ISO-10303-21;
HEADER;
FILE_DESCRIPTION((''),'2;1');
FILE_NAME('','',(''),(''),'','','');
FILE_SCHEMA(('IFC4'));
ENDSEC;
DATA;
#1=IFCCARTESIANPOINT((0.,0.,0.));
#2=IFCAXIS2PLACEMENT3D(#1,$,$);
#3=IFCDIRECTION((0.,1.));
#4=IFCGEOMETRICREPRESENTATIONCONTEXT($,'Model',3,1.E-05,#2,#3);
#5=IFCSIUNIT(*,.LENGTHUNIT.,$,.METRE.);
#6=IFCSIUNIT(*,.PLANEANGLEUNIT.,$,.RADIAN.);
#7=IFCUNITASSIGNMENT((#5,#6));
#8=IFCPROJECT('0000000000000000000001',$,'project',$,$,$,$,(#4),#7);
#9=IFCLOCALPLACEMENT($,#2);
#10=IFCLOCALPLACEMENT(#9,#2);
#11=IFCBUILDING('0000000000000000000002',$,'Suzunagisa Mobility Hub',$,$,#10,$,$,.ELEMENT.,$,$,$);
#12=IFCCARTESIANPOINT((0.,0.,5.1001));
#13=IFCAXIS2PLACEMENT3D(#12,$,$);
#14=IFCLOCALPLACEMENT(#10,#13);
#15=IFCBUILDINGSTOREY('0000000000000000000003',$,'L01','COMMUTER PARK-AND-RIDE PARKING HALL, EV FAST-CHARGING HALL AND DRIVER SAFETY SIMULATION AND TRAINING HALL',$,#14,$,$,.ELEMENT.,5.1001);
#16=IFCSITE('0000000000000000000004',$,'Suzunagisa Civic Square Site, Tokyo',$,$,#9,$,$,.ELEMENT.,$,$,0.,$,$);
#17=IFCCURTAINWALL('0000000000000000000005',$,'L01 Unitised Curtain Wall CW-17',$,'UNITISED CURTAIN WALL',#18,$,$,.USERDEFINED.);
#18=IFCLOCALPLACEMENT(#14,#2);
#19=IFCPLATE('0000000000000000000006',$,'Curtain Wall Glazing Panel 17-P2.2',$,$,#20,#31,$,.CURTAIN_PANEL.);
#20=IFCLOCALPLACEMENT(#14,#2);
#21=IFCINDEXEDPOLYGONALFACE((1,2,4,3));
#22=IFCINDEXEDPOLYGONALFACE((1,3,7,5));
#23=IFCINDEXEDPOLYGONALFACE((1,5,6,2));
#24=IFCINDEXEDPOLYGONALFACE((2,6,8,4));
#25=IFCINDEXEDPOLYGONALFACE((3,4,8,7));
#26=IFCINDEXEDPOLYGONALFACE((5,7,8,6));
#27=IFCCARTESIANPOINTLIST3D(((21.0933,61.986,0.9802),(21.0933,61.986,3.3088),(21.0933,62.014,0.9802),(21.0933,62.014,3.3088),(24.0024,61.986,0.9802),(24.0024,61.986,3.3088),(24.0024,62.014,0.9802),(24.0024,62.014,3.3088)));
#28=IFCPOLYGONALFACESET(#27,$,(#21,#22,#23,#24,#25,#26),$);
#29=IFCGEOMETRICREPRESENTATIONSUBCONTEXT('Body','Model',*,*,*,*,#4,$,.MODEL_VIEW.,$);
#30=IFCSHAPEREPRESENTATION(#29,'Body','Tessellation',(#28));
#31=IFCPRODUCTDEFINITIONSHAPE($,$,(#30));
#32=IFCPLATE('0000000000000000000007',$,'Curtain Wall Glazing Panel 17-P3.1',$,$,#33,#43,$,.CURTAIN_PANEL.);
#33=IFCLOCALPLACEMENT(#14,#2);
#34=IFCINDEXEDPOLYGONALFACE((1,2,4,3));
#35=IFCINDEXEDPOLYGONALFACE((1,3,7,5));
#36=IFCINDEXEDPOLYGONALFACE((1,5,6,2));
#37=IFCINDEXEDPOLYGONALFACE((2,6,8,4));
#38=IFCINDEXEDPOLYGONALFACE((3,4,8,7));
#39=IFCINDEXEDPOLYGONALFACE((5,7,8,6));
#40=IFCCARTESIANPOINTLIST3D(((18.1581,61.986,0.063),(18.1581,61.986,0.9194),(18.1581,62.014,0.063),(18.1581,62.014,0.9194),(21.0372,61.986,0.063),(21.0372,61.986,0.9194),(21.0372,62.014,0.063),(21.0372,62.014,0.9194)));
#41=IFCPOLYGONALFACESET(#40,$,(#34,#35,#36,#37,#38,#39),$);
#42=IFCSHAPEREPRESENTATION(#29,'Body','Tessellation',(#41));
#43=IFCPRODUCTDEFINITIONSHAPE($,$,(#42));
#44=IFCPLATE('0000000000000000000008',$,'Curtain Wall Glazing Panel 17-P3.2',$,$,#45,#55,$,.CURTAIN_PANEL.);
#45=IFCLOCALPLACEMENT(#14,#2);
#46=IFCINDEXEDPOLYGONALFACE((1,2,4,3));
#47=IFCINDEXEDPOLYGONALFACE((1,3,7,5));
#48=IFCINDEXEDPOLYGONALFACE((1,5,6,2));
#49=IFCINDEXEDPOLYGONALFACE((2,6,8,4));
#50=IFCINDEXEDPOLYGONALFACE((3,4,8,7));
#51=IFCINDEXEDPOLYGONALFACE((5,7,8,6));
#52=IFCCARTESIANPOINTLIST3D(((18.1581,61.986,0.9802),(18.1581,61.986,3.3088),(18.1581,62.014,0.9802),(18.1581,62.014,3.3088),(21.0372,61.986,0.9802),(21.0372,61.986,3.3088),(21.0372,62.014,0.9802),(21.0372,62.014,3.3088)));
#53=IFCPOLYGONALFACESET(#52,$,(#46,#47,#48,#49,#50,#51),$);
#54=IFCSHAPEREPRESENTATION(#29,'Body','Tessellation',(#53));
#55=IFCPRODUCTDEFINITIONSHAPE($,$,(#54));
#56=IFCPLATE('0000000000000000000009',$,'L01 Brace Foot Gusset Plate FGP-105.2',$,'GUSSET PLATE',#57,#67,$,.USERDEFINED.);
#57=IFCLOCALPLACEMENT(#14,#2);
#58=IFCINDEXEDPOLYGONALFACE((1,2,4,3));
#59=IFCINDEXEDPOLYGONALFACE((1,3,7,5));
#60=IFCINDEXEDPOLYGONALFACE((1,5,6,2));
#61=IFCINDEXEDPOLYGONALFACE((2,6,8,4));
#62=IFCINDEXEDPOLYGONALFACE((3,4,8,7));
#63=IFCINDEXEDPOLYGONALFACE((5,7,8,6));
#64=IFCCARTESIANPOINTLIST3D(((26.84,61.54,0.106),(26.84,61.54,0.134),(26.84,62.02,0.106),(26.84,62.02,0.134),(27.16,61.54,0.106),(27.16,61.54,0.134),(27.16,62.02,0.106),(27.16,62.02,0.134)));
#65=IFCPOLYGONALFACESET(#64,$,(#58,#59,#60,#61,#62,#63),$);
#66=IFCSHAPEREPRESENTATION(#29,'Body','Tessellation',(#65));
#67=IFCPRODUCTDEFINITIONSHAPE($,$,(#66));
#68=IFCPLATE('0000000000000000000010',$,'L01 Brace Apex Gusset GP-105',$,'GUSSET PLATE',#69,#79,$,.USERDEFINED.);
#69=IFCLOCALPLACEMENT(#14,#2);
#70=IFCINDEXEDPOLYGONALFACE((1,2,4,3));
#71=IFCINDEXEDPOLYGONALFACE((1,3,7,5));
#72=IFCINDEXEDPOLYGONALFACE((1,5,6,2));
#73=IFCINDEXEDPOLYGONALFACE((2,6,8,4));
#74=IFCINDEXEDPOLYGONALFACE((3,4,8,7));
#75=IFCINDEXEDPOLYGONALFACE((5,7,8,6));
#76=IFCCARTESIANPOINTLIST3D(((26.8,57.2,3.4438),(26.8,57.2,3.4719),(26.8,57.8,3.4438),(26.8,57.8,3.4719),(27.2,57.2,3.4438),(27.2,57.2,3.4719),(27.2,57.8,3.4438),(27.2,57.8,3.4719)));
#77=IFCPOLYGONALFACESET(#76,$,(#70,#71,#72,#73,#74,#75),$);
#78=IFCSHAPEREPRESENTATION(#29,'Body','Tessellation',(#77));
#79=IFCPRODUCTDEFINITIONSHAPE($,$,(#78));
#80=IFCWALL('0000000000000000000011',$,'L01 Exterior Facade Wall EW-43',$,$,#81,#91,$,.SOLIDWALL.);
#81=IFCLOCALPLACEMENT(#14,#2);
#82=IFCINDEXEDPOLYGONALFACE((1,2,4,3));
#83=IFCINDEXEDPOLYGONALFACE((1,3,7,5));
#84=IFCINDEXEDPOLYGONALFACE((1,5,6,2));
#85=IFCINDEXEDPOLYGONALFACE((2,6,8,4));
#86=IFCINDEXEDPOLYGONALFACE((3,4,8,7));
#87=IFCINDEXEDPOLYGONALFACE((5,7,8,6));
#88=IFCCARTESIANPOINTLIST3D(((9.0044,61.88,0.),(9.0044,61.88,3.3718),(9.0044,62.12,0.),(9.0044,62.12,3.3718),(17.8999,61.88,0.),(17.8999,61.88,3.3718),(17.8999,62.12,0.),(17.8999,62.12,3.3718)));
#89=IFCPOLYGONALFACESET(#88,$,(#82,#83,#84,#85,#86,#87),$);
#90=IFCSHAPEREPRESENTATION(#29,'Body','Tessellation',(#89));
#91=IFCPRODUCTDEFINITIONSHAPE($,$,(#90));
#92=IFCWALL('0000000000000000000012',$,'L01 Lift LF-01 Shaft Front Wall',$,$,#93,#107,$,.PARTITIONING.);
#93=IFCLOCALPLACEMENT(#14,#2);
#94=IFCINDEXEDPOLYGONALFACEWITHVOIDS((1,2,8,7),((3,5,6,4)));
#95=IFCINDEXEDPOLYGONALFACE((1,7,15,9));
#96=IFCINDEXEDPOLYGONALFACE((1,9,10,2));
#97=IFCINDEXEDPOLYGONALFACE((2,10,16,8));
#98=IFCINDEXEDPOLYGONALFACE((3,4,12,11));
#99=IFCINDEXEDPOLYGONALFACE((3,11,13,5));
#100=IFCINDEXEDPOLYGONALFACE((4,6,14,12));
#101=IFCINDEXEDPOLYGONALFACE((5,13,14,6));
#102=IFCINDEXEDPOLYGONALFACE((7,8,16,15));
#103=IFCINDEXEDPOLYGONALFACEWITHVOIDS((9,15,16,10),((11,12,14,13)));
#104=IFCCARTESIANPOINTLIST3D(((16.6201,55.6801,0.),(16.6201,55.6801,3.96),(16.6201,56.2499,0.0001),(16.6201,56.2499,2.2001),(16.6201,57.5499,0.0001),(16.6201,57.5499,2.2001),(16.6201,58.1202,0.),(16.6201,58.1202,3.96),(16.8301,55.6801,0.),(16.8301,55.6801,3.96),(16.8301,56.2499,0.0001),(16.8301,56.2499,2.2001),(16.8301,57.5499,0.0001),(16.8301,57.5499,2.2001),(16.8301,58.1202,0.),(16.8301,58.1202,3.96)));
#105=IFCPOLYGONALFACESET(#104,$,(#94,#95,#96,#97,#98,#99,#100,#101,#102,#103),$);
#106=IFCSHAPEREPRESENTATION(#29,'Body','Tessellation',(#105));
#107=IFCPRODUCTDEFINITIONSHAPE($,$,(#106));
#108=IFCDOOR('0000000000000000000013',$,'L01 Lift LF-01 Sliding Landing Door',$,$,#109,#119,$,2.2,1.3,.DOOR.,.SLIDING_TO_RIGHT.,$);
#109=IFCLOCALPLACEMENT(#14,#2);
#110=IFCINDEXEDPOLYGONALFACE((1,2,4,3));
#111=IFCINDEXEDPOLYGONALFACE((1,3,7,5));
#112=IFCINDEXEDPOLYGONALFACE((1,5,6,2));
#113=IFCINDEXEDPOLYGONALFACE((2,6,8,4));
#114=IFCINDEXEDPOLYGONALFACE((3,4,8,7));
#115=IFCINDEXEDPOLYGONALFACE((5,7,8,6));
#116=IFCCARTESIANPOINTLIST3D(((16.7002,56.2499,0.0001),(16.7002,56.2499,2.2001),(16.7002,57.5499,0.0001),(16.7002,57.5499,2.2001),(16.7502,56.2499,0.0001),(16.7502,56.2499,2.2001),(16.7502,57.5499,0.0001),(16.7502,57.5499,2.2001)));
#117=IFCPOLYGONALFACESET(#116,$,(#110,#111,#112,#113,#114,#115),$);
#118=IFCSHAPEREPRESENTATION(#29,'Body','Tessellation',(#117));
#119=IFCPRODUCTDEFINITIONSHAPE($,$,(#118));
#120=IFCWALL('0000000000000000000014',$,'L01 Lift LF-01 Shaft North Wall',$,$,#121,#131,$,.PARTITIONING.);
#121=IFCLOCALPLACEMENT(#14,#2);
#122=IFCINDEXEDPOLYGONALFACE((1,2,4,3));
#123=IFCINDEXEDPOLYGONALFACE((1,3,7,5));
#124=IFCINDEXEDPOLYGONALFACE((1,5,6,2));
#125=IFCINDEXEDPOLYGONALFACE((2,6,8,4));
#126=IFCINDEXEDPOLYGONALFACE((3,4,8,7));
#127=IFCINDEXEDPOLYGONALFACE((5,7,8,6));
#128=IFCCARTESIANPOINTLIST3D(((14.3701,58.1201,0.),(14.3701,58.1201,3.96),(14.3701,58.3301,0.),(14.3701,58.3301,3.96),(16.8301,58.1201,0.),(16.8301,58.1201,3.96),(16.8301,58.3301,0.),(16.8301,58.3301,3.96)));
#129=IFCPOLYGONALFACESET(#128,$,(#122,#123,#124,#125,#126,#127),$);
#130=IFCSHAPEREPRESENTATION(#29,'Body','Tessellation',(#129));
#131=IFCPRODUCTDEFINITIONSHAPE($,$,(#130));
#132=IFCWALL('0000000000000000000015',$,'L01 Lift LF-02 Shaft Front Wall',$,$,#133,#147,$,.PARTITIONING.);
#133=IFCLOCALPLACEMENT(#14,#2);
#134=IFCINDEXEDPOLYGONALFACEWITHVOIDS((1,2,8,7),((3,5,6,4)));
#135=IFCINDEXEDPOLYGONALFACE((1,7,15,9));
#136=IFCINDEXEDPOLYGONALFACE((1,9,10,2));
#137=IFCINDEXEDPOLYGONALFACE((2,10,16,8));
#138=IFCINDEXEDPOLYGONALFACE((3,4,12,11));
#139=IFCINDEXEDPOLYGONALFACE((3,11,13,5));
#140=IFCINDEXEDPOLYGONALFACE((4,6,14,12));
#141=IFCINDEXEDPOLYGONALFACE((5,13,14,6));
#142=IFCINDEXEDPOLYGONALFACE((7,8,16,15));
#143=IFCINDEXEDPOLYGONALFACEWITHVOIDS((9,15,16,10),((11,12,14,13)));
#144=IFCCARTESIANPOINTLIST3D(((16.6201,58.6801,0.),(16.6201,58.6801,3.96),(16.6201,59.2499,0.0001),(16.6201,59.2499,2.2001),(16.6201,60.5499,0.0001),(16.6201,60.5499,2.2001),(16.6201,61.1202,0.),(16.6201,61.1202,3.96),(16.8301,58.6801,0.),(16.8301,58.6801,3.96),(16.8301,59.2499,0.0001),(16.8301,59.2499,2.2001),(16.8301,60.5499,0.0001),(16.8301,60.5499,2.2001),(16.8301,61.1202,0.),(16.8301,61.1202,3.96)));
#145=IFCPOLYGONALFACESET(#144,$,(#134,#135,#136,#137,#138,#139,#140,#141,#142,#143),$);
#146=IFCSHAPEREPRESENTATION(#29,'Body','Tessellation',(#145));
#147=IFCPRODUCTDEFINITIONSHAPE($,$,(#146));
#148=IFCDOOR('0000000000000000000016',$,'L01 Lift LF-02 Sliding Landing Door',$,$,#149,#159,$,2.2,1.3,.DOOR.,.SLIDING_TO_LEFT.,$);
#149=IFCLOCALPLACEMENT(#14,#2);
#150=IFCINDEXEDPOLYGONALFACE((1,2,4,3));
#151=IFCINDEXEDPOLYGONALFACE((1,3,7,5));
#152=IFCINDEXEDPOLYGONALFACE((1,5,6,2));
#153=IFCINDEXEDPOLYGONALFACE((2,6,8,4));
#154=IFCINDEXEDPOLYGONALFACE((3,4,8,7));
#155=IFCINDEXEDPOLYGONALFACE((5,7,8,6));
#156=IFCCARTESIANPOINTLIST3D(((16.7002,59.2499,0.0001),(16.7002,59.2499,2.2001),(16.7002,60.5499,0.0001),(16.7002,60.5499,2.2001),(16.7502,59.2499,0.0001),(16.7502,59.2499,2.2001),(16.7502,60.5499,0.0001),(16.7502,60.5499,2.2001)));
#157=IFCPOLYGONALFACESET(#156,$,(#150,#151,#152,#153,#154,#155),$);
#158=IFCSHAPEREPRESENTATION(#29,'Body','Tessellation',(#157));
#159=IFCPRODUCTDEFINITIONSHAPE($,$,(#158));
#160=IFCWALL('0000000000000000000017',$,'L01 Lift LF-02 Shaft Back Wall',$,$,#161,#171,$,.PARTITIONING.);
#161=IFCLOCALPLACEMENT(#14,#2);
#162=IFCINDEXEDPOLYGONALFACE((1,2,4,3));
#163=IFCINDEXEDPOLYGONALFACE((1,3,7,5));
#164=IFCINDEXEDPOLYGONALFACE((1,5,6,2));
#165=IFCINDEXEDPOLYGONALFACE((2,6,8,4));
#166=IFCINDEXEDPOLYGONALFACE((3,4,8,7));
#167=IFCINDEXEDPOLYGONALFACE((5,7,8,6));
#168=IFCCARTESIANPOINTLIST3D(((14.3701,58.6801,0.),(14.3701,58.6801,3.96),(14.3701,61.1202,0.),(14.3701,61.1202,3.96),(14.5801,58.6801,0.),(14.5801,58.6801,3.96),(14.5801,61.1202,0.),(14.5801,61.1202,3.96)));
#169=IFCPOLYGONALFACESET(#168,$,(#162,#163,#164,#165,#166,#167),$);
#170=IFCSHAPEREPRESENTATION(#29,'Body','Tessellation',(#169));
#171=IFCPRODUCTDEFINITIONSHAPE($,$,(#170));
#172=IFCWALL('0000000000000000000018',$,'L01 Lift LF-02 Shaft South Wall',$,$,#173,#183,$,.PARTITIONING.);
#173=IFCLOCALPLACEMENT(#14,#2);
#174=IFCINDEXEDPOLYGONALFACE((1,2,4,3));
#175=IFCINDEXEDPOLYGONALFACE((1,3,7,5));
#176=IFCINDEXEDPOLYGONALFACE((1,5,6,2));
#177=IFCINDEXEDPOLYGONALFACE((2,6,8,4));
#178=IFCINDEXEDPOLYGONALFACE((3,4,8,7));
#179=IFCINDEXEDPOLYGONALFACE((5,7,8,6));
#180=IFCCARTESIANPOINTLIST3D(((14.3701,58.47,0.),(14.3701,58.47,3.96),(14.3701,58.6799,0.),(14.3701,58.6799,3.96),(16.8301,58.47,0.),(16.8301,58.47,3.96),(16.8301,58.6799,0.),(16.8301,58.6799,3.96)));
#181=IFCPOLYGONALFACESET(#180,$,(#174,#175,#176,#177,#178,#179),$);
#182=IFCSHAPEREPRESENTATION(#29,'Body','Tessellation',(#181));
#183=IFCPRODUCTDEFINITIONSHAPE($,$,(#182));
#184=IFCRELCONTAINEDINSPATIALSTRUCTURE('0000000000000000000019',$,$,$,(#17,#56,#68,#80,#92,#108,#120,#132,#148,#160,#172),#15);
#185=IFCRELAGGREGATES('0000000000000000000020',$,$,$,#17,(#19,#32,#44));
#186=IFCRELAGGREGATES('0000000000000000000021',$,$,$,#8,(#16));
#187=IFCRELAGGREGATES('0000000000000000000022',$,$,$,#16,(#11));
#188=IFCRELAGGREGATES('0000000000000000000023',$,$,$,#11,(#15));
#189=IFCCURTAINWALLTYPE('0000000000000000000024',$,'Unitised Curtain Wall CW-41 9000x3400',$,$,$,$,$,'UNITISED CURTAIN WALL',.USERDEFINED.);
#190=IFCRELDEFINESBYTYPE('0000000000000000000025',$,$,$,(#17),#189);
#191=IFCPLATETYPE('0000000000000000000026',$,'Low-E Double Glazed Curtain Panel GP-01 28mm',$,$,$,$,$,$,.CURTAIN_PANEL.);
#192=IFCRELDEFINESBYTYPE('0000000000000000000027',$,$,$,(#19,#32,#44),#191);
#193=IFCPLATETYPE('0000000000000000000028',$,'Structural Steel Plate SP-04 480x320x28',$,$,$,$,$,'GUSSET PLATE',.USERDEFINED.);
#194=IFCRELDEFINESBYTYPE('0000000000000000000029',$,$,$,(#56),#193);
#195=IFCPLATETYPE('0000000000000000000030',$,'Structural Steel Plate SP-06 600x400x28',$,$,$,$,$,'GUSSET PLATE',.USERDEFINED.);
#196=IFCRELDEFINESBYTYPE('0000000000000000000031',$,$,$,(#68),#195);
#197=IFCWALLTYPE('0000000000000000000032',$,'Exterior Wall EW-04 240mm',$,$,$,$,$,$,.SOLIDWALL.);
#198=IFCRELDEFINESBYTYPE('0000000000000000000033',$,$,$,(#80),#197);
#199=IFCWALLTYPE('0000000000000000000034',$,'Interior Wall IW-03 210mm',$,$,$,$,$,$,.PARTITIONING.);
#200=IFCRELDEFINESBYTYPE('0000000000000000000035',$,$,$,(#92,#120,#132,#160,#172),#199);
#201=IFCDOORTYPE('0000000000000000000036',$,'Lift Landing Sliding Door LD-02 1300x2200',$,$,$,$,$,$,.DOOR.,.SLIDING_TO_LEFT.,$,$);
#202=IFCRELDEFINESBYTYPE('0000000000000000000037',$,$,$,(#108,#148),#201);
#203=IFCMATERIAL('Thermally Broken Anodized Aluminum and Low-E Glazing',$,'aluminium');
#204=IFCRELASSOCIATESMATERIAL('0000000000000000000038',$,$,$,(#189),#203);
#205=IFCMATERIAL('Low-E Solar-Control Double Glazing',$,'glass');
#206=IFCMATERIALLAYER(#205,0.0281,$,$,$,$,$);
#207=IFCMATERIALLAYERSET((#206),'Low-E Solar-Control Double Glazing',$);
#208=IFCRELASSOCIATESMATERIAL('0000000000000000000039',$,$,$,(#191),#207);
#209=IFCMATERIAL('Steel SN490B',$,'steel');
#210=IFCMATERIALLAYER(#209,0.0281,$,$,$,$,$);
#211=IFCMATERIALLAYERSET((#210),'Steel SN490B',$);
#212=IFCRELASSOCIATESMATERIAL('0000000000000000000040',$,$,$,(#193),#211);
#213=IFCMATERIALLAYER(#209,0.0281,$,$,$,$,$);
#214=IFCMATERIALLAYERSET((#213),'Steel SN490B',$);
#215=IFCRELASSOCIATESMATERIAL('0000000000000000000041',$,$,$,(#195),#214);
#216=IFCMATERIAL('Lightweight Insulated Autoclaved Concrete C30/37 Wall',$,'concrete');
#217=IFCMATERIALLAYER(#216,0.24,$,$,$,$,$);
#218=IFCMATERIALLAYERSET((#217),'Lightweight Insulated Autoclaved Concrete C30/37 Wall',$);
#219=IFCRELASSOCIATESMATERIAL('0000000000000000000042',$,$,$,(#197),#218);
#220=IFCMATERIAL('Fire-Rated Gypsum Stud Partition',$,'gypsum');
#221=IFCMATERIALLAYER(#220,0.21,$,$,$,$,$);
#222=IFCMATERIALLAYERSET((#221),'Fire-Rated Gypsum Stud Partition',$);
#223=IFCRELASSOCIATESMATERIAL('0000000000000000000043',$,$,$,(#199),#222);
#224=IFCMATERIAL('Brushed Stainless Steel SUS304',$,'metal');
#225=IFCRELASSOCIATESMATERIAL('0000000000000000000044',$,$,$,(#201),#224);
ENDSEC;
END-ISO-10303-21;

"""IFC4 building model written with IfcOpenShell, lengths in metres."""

from ifc_helpers import new_model, si_unit, direction, frame, frame_2d, origin, origin_2d, place, context, subcontext, project, spatial, rectangle, extrude, material, layer, layer_set, type_object, element, fill, aggregate, save


model = new_model("IFC4")

# Units and contexts
model_context = context("Model", 3, precision=1e-05, world=origin(), true_north=direction((0.0, 1.0)))
body_context = subcontext(model_context, "Body", "Model", "MODEL_VIEW")
ifc_project = project(units=[si_unit("LENGTHUNIT", "METRE"), si_unit("PLANEANGLEUNIT", "RADIAN")], contexts=[model_context])

# Site, building, storey
site_placement = place(None, origin())
site = spatial("IfcSite", under=ifc_project, at=site_placement, Name="Suzunagisa Civic Square Site, Tokyo", CompositionType="ELEMENT", RefElevation=0.0)
building_placement = place(site_placement, origin())
building = spatial("IfcBuilding", under=site, at=building_placement, Name="Suzunagisa Mobility Hub", CompositionType="ELEMENT")
storey_placement = place(building_placement, frame((0.0, 0.0, 5.1001)))
storey = spatial("IfcBuildingStorey", under=building, at=storey_placement, Name="L01", Description="COMMUTER PARK-AND-RIDE PARKING HALL, EV FAST-CHARGING HALL AND DRIVER SAFETY SIMULATION AND TRAINING HALL", CompositionType="ELEMENT", Elevation=5.1001)

# Shared definitions
ifc_material_1 = material(Name="Steel SN490B", Category="steel")

# Curtain wall
ifc_material_2 = material(Name="Thermally Broken Anodized Aluminum and Low-E Glazing", Category="aluminium")
curtain_wall_type = type_object("IfcCurtainWallType", Name="Unitised Curtain Wall CW-41 9000x3400", ElementType="UNITISED CURTAIN WALL", PredefinedType="USERDEFINED", material=ifc_material_2)
curtain_wall_placement = place(storey_placement, origin())
curtain_wall = element("IfcCurtainWall", 1, at=curtain_wall_placement, inside=storey, type_object=curtain_wall_type, Name="L01 Unitised Curtain Wall CW-17", ObjectType="UNITISED CURTAIN WALL", PredefinedType="USERDEFINED")

# Plates
ifc_material_3 = material(Name="Low-E Solar-Control Double Glazing", Category="glass")
ifc_layer_1 = layer(ifc_material_3, 0.0281)
ifc_layer_set_1 = layer_set([ifc_layer_1], Name="Low-E Solar-Control Double Glazing")
plate_type_1 = type_object("IfcPlateType", Name="Low-E Double Glazed Curtain Panel GP-01 28mm", PredefinedType="CURTAIN_PANEL", material=ifc_layer_set_1)
plate_1_placement = place(storey_placement, frame((22.5479, 62.0, 0.9802), z_axis=(0.0, 0.0, 1.0), x_axis=(-1.0, 0.0, 0.0)))
plate_1 = element("IfcPlate", 2, at=plate_1_placement, type_object=plate_type_1, Name="Curtain Wall Glazing Panel 17-P2.2", PredefinedType="CURTAIN_PANEL", context=body_context, shape_type="SweptSolid", body=[
    extrude(rectangle(XDim=2.9092, YDim=0.0281, at=origin_2d()), origin(), (0.0, 0.0, 1.0), 2.3286),
])
plate_2_placement = place(storey_placement, frame((19.5977, 62.0, 0.063), z_axis=(0.0, 0.0, 1.0), x_axis=(-1.0, 0.0, 0.0)))
plate_2 = element("IfcPlate", 3, at=plate_2_placement, type_object=plate_type_1, Name="Curtain Wall Glazing Panel 17-P3.1", PredefinedType="CURTAIN_PANEL", context=body_context, shape_type="SweptSolid", body=[
    extrude(rectangle(XDim=2.8792, YDim=0.0281, at=origin_2d()), origin(), (0.0, 0.0, 1.0), 0.8564),
])
plate_3_placement = place(storey_placement, frame((19.5977, 62.0, 0.9802), z_axis=(0.0, 0.0, 1.0), x_axis=(-1.0, 0.0, 0.0)))
plate_3 = element("IfcPlate", 4, at=plate_3_placement, type_object=plate_type_1, Name="Curtain Wall Glazing Panel 17-P3.2", PredefinedType="CURTAIN_PANEL", context=body_context, shape_type="SweptSolid", body=[
    extrude(rectangle(XDim=2.8792, YDim=0.0281, at=origin_2d()), origin(), (0.0, 0.0, 1.0), 2.3286),
])
aggregate(curtain_wall, [plate_1, plate_2, plate_3])

# Plates
ifc_layer_2 = layer(ifc_material_1, 0.0281)
ifc_layer_set_2 = layer_set([ifc_layer_2], Name="Steel SN490B")
plate_type_2 = type_object("IfcPlateType", Name="Structural Steel Plate SP-04 480x320x28", ElementType="GUSSET PLATE", PredefinedType="USERDEFINED", material=ifc_layer_set_2)
plate_4_placement = place(storey_placement, frame((27.0, 61.78, 0.106), z_axis=(0.0, 0.0, 1.0), x_axis=(1.0, 0.0, 0.0)))
element("IfcPlate", 5, at=plate_4_placement, inside=storey, type_object=plate_type_2, Name="L01 Brace Foot Gusset Plate FGP-105.2", ObjectType="GUSSET PLATE", PredefinedType="USERDEFINED", context=body_context, shape_type="SweptSolid", body=[
    extrude(rectangle(XDim=0.3201, YDim=0.48, at=origin_2d()), origin(), (0.0, 0.0, 1.0), 0.0281),
])
ifc_layer_3 = layer(ifc_material_1, 0.0281)
ifc_layer_set_3 = layer_set([ifc_layer_3], Name="Steel SN490B")
plate_type_3 = type_object("IfcPlateType", Name="Structural Steel Plate SP-06 600x400x28", ElementType="GUSSET PLATE", PredefinedType="USERDEFINED", material=ifc_layer_set_3)
plate_5_placement = place(storey_placement, frame((27.0, 57.5, 3.4438), z_axis=(0.0, 0.0, 1.0), x_axis=(1.0, 0.0, 0.0)))
element("IfcPlate", 6, at=plate_5_placement, inside=storey, type_object=plate_type_3, Name="L01 Brace Apex Gusset GP-105", ObjectType="GUSSET PLATE", PredefinedType="USERDEFINED", context=body_context, shape_type="SweptSolid", body=[
    extrude(rectangle(XDim=0.3999, YDim=0.6001, at=origin_2d()), origin(), (0.0, 0.0, 1.0), 0.0281),
])

# Wall
ifc_material_4 = material(Name="Lightweight Insulated Autoclaved Concrete C30/37 Wall", Category="concrete")
ifc_layer_4 = layer(ifc_material_4, 0.24)
ifc_layer_set_4 = layer_set([ifc_layer_4], Name="Lightweight Insulated Autoclaved Concrete C30/37 Wall")
wall_type_1 = type_object("IfcWallType", Name="Exterior Wall EW-04 240mm", PredefinedType="SOLIDWALL", material=ifc_layer_set_4)
wall_1_placement = place(storey_placement, frame((17.8999, 62.0, 0.0), z_axis=(0.0, 0.0, 1.0), x_axis=(-1.0, 0.0, 0.0)))
element("IfcWall", 7, at=wall_1_placement, inside=storey, type_object=wall_type_1, Name="L01 Exterior Facade Wall EW-43", PredefinedType="SOLIDWALL", context=body_context, shape_type="SweptSolid", body=[
    extrude(rectangle(XDim=8.8955, YDim=0.24, at=frame_2d((4.4478, 0.0))), origin(), (0.0, 0.0, 1.0), 3.3718),
])

# Wall, opening, door
ifc_material_5 = material(Name="Fire-Rated Gypsum Stud Partition", Category="gypsum")
ifc_layer_5 = layer(ifc_material_5, 0.21)
ifc_layer_set_5 = layer_set([ifc_layer_5], Name="Fire-Rated Gypsum Stud Partition")
wall_type_2 = type_object("IfcWallType", Name="Interior Wall IW-03 210mm", PredefinedType="PARTITIONING", material=ifc_layer_set_5)
wall_2_placement = place(storey_placement, frame((16.7251, 55.6799, 0.0), z_axis=(0.0, 0.0, 1.0), x_axis=(0.0, 1.0, 0.0)))
wall_2 = element("IfcWall", 8, at=wall_2_placement, inside=storey, type_object=wall_type_2, Name="L01 Lift LF-01 Shaft Front Wall", PredefinedType="PARTITIONING", context=body_context, shape_type="SweptSolid", body=[
    extrude(rectangle(XDim=2.4402, YDim=0.21, at=frame_2d((1.2202, 0.0))), origin(), (0.0, 0.0, 1.0), 3.96),
])
opening_1_placement = place(wall_2_placement, frame((0.5701, 0.0, 0.0)))
opening_1 = element("IfcOpeningElement", 9, at=opening_1_placement, cuts=wall_2, PredefinedType="OPENING", context=body_context, shape_type="SweptSolid", body=[
    extrude(rectangle(XDim=1.3, YDim=2.2, at=frame_2d((0.6499, 1.1001))), frame((0.0, 0.116, 0.0), z_axis=(0.0, -1.0, 0.0), x_axis=(1.0, 0.0, 0.0)), (0.0, 0.0, 1.0), 0.2319),
])
ifc_material_6 = material(Name="Brushed Stainless Steel SUS304", Category="metal")
door_type = type_object("IfcDoorType", Name="Lift Landing Sliding Door LD-02 1300x2200", OperationType="SLIDING_TO_LEFT", PredefinedType="DOOR", material=ifc_material_6)
door_1_placement = place(opening_1_placement, origin())
door_1 = element("IfcDoor", 10, at=door_1_placement, inside=storey, type_object=door_type, Name="L01 Lift LF-01 Sliding Landing Door", OperationType="SLIDING_TO_RIGHT", OverallHeight=2.2, OverallWidth=1.3, PredefinedType="DOOR", context=body_context, shape_type="SweptSolid", body=[
    extrude(rectangle(XDim=1.3, YDim=2.2, at=frame_2d((0.6499, 1.1001))), frame((0.0, 0.0249, 0.0), z_axis=(0.0, -1.0, 0.0), x_axis=(1.0, 0.0, 0.0)), (0.0, 0.0, 1.0), 0.05),
])
fill(opening_1, door_1)

# Wall
wall_3_placement = place(storey_placement, frame((14.3701, 58.2251, 0.0), z_axis=(0.0, 0.0, 1.0), x_axis=(1.0, 0.0, 0.0)))
element("IfcWall", 11, at=wall_3_placement, inside=storey, type_object=wall_type_2, Name="L01 Lift LF-01 Shaft North Wall", PredefinedType="PARTITIONING", context=body_context, shape_type="SweptSolid", body=[
    extrude(rectangle(XDim=2.46, YDim=0.21, at=frame_2d((1.23, 0.0))), origin(), (0.0, 0.0, 1.0), 3.96),
])

# Wall, opening, door
wall_4_placement = place(storey_placement, frame((16.7251, 58.6799, 0.0), z_axis=(0.0, 0.0, 1.0), x_axis=(0.0, 1.0, 0.0)))
wall_4 = element("IfcWall", 12, at=wall_4_placement, inside=storey, type_object=wall_type_2, Name="L01 Lift LF-02 Shaft Front Wall", PredefinedType="PARTITIONING", context=body_context, shape_type="SweptSolid", body=[
    extrude(rectangle(XDim=2.4402, YDim=0.21, at=frame_2d((1.2202, 0.0))), origin(), (0.0, 0.0, 1.0), 3.96),
])
opening_2_placement = place(wall_4_placement, frame((0.5701, 0.0, 0.0)))
opening_2 = element("IfcOpeningElement", 13, at=opening_2_placement, cuts=wall_4, PredefinedType="OPENING", context=body_context, shape_type="SweptSolid", body=[
    extrude(rectangle(XDim=1.3, YDim=2.2, at=frame_2d((0.6499, 1.1001))), frame((0.0, 0.116, 0.0), z_axis=(0.0, -1.0, 0.0), x_axis=(1.0, 0.0, 0.0)), (0.0, 0.0, 1.0), 0.2319),
])
door_2_placement = place(opening_2_placement, origin())
door_2 = element("IfcDoor", 14, at=door_2_placement, inside=storey, type_object=door_type, Name="L01 Lift LF-02 Sliding Landing Door", OperationType="SLIDING_TO_LEFT", OverallHeight=2.2, OverallWidth=1.3, PredefinedType="DOOR", context=body_context, shape_type="SweptSolid", body=[
    extrude(rectangle(XDim=1.3, YDim=2.2, at=frame_2d((0.6499, 1.1001))), frame((0.0, 0.0249, 0.0), z_axis=(0.0, -1.0, 0.0), x_axis=(1.0, 0.0, 0.0)), (0.0, 0.0, 1.0), 0.05),
])
fill(opening_2, door_2)

# Walls
wall_5_placement = place(storey_placement, frame((14.4751, 58.6799, 0.0), z_axis=(0.0, 0.0, 1.0), x_axis=(0.0, 1.0, 0.0)))
element("IfcWall", 15, at=wall_5_placement, inside=storey, type_object=wall_type_2, Name="L01 Lift LF-02 Shaft Back Wall", PredefinedType="PARTITIONING", context=body_context, shape_type="SweptSolid", body=[
    extrude(rectangle(XDim=2.4402, YDim=0.21, at=frame_2d((1.2202, 0.0))), origin(), (0.0, 0.0, 1.0), 3.96),
])
for number, where, z_axis, x_axis, name in (
    (16, (14.3701, 58.575, 0.0), (0.0, 0.0, 1.0), (1.0, 0.0, 0.0), "L01 Lift LF-02 Shaft South Wall"),
):
    element("IfcWall", number, at=place(storey_placement, frame(where, z_axis=z_axis, x_axis=x_axis)), inside=storey, type_object=wall_type_2, Name=name, PredefinedType="PARTITIONING", context=body_context, shape_type="SweptSolid", body=[
        extrude(rectangle(XDim=2.46, YDim=0.21, at=frame_2d((1.23, 0.0))), origin(), (0.0, 0.0, 1.0), 3.96),
    ])

save(model, "model.ifc")
